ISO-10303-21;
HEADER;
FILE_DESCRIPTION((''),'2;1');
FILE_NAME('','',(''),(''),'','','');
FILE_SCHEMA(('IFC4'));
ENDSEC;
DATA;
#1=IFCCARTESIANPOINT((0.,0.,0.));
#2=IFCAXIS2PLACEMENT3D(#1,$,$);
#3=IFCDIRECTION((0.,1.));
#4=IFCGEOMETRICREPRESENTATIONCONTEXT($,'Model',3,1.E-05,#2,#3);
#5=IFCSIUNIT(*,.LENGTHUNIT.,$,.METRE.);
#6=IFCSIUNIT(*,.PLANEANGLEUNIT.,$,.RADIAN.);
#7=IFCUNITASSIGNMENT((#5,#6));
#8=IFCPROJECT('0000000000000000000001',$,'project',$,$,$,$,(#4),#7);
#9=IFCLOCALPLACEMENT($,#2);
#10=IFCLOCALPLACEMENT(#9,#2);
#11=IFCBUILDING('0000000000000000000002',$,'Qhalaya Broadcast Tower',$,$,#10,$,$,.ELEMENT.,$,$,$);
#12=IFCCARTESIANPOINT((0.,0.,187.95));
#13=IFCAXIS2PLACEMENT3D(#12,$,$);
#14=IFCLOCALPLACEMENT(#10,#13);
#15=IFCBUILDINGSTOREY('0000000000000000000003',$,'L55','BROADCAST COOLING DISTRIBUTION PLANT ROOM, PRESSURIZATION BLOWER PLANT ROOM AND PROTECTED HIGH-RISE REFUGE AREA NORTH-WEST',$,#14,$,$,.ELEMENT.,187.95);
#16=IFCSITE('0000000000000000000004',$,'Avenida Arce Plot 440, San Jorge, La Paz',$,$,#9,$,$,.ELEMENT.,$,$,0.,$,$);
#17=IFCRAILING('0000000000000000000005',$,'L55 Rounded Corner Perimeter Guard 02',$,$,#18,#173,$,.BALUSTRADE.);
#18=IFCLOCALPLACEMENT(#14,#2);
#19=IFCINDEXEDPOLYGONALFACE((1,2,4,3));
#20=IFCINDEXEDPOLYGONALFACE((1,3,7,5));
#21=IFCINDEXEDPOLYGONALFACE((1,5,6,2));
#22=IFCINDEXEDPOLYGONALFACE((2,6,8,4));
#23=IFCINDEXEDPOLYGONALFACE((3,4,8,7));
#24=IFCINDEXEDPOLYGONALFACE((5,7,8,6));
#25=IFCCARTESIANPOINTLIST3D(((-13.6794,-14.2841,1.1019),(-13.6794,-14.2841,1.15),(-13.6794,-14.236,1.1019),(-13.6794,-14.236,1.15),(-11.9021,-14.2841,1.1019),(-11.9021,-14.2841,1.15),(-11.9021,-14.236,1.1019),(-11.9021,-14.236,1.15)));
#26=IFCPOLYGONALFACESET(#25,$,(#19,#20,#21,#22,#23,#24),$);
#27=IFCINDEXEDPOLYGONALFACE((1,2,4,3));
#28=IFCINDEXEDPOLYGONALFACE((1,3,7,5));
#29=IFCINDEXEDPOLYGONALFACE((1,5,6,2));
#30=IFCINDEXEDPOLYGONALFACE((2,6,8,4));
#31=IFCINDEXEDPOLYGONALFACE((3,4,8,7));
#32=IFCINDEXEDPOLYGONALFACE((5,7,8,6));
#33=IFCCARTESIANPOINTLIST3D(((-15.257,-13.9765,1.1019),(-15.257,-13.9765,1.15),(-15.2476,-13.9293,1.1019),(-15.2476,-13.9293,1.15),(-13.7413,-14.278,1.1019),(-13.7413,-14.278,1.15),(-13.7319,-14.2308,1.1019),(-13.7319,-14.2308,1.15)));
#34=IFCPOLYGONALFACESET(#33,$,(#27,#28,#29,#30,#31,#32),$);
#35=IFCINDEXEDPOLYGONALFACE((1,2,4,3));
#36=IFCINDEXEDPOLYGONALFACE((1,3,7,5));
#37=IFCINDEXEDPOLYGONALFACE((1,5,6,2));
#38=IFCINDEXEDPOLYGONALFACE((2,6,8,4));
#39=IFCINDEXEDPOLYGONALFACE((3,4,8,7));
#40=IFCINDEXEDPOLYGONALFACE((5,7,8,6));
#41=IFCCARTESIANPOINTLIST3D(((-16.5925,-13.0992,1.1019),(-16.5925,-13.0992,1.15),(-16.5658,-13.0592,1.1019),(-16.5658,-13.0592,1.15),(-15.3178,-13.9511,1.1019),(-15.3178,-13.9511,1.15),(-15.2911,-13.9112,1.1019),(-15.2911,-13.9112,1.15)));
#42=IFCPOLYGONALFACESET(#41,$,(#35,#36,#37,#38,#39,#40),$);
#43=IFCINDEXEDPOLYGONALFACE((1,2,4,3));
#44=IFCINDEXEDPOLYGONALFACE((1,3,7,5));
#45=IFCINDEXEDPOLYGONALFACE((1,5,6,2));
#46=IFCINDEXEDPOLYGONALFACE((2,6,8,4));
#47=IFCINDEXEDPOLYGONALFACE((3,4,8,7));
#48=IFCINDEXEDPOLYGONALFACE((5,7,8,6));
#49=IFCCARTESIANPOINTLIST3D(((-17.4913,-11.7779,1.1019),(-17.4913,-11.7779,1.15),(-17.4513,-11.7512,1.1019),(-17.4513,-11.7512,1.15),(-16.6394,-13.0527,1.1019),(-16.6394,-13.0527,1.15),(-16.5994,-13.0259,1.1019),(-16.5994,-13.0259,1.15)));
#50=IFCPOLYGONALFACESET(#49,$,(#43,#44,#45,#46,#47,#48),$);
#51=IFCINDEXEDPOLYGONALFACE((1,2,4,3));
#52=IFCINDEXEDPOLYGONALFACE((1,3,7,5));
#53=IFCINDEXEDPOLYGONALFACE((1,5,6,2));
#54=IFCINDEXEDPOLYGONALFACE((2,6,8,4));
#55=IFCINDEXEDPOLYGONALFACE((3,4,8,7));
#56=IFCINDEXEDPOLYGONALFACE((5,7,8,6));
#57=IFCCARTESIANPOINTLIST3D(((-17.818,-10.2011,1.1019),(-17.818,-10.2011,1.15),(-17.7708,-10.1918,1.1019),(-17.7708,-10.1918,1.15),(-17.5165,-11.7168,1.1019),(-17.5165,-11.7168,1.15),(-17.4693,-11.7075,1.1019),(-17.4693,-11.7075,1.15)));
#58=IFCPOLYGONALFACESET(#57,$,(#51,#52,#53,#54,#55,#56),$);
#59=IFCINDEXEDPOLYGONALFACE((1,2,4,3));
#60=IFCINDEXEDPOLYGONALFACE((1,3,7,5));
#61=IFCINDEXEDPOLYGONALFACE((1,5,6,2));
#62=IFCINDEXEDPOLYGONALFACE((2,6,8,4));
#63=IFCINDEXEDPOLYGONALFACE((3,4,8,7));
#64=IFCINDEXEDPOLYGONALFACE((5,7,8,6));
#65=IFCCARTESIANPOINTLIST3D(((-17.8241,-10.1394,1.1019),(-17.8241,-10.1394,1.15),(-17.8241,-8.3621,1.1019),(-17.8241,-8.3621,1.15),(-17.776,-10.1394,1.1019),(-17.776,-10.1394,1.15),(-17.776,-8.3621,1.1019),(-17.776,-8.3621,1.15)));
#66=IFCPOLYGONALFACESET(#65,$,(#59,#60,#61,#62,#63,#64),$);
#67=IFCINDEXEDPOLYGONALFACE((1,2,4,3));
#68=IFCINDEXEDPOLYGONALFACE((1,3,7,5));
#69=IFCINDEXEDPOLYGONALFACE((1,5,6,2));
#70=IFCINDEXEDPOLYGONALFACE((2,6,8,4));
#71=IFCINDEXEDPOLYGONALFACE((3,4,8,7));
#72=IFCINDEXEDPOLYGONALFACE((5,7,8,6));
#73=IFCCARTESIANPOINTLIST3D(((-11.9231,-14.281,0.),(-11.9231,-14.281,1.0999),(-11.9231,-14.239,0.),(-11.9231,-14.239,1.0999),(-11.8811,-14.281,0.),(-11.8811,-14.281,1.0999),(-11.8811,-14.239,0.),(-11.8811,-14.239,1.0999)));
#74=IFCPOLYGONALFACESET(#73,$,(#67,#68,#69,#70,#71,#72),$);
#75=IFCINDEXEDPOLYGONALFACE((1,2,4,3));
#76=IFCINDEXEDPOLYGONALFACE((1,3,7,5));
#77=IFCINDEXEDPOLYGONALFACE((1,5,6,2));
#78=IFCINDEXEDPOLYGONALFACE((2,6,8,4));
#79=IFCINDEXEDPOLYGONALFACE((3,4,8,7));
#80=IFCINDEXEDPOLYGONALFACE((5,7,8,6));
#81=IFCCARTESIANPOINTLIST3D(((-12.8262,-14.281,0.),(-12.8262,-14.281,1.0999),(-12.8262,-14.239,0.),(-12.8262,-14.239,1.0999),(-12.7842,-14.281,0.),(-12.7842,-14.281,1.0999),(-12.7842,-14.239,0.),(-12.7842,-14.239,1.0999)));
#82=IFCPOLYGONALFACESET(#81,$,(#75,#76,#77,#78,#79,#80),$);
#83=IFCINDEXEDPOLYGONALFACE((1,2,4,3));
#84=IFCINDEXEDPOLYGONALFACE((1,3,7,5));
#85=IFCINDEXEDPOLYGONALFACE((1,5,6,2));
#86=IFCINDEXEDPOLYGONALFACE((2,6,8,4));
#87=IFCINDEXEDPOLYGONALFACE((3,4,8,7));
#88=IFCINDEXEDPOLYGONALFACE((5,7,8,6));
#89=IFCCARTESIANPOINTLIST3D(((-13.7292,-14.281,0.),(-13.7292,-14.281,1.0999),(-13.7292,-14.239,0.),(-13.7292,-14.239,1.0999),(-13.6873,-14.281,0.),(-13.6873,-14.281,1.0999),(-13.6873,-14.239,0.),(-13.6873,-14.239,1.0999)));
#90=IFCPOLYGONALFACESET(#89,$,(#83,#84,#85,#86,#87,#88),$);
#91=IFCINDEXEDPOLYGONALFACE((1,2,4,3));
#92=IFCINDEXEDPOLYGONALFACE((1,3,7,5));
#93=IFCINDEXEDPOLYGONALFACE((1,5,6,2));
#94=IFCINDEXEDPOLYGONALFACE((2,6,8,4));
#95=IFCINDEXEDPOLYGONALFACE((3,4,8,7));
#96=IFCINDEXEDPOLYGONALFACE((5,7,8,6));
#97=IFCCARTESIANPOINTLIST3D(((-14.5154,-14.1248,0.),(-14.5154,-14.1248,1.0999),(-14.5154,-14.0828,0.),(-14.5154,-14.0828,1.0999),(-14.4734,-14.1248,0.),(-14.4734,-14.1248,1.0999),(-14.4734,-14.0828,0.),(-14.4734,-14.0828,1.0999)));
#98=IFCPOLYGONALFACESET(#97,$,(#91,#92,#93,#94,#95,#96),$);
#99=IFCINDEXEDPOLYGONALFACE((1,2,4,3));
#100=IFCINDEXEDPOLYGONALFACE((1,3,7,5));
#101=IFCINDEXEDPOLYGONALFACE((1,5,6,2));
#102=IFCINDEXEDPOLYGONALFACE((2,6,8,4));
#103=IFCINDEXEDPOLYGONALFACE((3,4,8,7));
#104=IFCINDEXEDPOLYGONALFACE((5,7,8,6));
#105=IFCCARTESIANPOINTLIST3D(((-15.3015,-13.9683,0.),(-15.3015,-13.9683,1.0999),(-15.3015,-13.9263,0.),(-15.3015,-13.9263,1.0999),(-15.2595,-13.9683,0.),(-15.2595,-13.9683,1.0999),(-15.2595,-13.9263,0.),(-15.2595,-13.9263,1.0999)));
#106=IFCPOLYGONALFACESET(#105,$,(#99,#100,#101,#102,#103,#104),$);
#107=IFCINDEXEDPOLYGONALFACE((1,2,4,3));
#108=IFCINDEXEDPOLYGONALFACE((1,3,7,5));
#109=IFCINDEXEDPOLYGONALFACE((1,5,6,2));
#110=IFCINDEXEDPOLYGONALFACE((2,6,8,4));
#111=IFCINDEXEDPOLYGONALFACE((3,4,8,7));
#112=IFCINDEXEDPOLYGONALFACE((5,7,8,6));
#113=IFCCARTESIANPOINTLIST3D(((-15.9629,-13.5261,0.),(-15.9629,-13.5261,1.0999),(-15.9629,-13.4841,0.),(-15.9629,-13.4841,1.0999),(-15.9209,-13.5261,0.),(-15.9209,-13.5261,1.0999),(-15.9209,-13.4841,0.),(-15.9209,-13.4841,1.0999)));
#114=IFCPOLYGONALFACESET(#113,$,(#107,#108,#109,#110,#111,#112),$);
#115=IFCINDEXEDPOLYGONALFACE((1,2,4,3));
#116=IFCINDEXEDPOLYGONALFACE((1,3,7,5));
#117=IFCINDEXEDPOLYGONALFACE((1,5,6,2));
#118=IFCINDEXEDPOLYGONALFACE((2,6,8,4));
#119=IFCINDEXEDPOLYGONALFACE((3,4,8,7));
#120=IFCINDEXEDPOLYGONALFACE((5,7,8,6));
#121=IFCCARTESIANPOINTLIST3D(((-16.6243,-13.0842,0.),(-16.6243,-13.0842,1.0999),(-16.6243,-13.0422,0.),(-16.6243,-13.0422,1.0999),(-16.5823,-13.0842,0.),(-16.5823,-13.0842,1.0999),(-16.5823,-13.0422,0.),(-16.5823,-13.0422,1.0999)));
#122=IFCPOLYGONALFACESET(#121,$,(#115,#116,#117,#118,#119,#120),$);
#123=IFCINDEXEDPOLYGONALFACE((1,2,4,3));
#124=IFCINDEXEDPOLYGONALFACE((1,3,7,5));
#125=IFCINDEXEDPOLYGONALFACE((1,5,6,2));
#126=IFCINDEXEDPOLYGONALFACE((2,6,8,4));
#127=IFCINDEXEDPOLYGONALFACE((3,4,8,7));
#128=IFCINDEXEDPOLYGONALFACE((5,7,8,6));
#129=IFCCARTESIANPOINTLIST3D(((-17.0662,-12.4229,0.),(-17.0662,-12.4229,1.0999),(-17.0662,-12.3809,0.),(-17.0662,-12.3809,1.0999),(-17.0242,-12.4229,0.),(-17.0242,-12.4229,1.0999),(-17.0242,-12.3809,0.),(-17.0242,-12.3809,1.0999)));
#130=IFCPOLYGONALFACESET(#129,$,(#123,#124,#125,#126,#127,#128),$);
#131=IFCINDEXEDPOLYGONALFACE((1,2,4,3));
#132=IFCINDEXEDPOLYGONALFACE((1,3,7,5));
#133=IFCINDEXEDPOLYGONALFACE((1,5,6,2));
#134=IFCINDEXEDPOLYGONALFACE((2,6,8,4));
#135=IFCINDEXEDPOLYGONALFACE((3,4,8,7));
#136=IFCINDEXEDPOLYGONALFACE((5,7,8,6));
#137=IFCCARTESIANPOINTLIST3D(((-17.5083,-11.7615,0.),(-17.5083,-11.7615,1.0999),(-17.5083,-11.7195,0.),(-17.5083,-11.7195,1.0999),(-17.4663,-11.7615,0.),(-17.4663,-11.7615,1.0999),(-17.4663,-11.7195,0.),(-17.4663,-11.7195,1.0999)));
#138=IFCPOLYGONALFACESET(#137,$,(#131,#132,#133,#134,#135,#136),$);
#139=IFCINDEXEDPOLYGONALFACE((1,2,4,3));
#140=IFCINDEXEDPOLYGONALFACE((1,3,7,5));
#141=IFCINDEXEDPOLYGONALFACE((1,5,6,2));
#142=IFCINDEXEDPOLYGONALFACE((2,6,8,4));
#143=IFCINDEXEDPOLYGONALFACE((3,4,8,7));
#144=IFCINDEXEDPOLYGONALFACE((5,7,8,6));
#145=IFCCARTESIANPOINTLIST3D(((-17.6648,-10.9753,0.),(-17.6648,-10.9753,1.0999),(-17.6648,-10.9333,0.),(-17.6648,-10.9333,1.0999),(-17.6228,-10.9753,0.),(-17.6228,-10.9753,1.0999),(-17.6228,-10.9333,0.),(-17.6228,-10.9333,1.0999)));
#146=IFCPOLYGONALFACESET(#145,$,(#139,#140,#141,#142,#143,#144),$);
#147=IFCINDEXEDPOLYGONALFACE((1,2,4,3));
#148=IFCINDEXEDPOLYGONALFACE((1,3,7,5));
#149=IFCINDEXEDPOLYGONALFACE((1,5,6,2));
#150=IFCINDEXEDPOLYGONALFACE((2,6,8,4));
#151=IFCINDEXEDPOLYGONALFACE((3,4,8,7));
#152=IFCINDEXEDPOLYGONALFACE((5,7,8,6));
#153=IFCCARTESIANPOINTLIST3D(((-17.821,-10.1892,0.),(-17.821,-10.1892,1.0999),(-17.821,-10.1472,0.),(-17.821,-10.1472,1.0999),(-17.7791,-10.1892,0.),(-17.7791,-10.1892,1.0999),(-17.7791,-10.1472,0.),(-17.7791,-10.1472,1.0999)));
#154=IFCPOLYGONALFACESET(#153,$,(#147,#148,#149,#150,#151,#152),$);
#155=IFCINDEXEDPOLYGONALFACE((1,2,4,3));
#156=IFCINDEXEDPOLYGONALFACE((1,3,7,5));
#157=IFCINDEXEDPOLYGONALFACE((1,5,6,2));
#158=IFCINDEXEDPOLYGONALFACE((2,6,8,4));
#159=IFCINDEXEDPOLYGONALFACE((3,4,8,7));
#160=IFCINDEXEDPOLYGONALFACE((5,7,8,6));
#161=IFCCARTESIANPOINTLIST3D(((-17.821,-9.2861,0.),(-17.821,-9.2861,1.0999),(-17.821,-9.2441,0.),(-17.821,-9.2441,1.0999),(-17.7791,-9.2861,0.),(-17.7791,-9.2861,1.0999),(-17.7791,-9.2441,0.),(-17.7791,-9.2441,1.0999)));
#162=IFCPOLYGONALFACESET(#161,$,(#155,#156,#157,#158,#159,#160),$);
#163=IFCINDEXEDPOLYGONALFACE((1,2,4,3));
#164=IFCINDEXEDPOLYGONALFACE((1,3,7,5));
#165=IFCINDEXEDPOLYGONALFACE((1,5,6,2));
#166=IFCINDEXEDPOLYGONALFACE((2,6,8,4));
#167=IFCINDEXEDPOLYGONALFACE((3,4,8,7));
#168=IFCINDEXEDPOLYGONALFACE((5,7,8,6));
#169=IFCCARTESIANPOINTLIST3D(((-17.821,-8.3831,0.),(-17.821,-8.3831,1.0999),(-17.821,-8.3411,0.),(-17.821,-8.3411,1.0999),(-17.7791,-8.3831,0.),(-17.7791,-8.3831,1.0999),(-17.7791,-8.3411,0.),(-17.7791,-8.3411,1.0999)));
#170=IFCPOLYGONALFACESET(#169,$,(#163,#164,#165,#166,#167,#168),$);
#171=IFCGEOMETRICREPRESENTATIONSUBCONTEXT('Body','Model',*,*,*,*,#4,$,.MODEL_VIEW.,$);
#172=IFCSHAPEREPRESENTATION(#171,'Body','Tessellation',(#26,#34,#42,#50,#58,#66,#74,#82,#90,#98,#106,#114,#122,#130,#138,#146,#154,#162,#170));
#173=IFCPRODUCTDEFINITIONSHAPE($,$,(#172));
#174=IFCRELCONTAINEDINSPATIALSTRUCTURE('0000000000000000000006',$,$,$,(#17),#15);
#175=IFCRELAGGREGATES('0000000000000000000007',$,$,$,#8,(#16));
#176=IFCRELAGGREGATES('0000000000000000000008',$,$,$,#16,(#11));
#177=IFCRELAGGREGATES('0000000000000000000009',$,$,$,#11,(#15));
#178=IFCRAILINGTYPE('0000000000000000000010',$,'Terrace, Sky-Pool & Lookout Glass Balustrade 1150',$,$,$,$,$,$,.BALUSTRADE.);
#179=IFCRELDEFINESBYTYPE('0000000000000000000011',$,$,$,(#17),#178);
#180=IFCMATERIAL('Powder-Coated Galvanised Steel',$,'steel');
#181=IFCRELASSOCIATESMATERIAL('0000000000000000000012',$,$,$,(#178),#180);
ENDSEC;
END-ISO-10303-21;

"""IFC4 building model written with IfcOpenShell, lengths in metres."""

from ifc_helpers import new_model, si_unit, direction, frame, origin, origin_2d, place, context, subcontext, project, spatial, rectangle, extrude, material, type_object, element, save


model = new_model("IFC4")

# Units and contexts
model_context = context("Model", 3, precision=1e-05, world=origin(), true_north=direction((0.0, 1.0)))
body_context = subcontext(model_context, "Body", "Model", "MODEL_VIEW")
ifc_project = project(units=[si_unit("LENGTHUNIT", "METRE"), si_unit("PLANEANGLEUNIT", "RADIAN")], contexts=[model_context])

# Site, building, storey
site_placement = place(None, origin())
site = spatial("IfcSite", under=ifc_project, at=site_placement, Name="Avenida Arce Plot 440, San Jorge, La Paz", CompositionType="ELEMENT", RefElevation=0.0)
building_placement = place(site_placement, origin())
building = spatial("IfcBuilding", under=site, at=building_placement, Name="Qhalaya Broadcast Tower", CompositionType="ELEMENT")
storey_placement = place(building_placement, frame((0.0, 0.0, 187.95)))
storey = spatial("IfcBuildingStorey", under=building, at=storey_placement, Name="L55", Description="BROADCAST COOLING DISTRIBUTION PLANT ROOM, PRESSURIZATION BLOWER PLANT ROOM AND PROTECTED HIGH-RISE REFUGE AREA NORTH-WEST", CompositionType="ELEMENT", Elevation=187.95)

# Railing
ifc_material_1 = material(Name="Powder-Coated Galvanised Steel", Category="steel")
railing_type = type_object("IfcRailingType", Name="Terrace, Sky-Pool & Lookout Glass Balustrade 1150", PredefinedType="BALUSTRADE", material=ifc_material_1)
railing_1_placement = place(storey_placement, frame((-11.9021, -14.26, 0.0)))
element("IfcRailing", 1, at=railing_1_placement, inside=storey, type_object=railing_type, Name="L55 Rounded Corner Perimeter Guard 02", PredefinedType="BALUSTRADE", context=body_context, shape_type="SweptSolid", body=[
    extrude(rectangle(XDim=0.0481, YDim=0.0481, at=origin_2d()), frame((0.0, 0.0, 1.126), z_axis=(-1.0, 0.0, 0.0), x_axis=(0.0, -1.0, 0.0)), (0.0, 0.0, 1.0), 1.7773),
    extrude(rectangle(XDim=0.0481, YDim=0.0481, at=origin_2d()), frame((-1.8345, 0.0056, 1.126), z_axis=(-0.980785, 0.195091, 0.0), x_axis=(-0.195091, -0.980785, 0.0)), (0.0, 0.0, 1.0), 1.5454),
    extrude(rectangle(XDim=0.0481, YDim=0.0481, at=origin_2d()), frame((-3.4023, 0.3289, 1.126), z_axis=(-0.831412, 0.555656, 0.0), x_axis=(-0.555656, -0.831412, 0.0)), (0.0, 0.0, 1.0), 1.5332),
    extrude(rectangle(XDim=0.0481, YDim=0.0481, at=origin_2d()), frame((-4.7173, 1.2207, 1.126), z_axis=(-0.555656, 0.831412, 0.0), x_axis=(-0.831412, -0.555656, 0.0)), (0.0, 0.0, 1.0), 1.5332),
    extrude(rectangle(XDim=0.0481, YDim=0.0481, at=origin_2d()), frame((-5.5908, 2.5479, 1.126), z_axis=(-0.195091, 0.980785, 0.0), x_axis=(-0.980785, -0.195091, 0.0)), (0.0, 0.0, 1.0), 1.5454),
    extrude(rectangle(XDim=0.0481, YDim=0.0481, at=origin_2d()), frame((-5.8979, 4.1206, 1.126), z_axis=(0.0, 1.0, 0.0), x_axis=(-1.0, 0.0, 0.0)), (0.0, 0.0, 1.0), 1.7773),
    extrude(rectangle(XDim=0.042, YDim=0.042, at=origin_2d()), origin(), (0.0, 0.0, 1.0), 1.0999),
    extrude(rectangle(XDim=0.042, YDim=0.042, at=origin_2d()), frame((-0.9031, 0.0, 0.0)), (0.0, 0.0, 1.0), 1.0999),
    extrude(rectangle(XDim=0.042, YDim=0.042, at=origin_2d()), frame((-1.8062, 0.0, 0.0)), (0.0, 0.0, 1.0), 1.0999),
    extrude(rectangle(XDim=0.042, YDim=0.042, at=origin_2d()), frame((-2.5923, 0.1562, 0.0)), (0.0, 0.0, 1.0), 1.0999),
    extrude(rectangle(XDim=0.042, YDim=0.042, at=origin_2d()), frame((-3.3784, 0.3127, 0.0)), (0.0, 0.0, 1.0), 1.0999),
    extrude(rectangle(XDim=0.042, YDim=0.042, at=origin_2d()), frame((-4.0398, 0.7549, 0.0)), (0.0, 0.0, 1.0), 1.0999),
    extrude(rectangle(XDim=0.042, YDim=0.042, at=origin_2d()), frame((-4.7012, 1.1968, 0.0)), (0.0, 0.0, 1.0), 1.0999),
    extrude(rectangle(XDim=0.042, YDim=0.042, at=origin_2d()), frame((-5.1431, 1.8582, 0.0)), (0.0, 0.0, 1.0), 1.0999),
    extrude(rectangle(XDim=0.042, YDim=0.042, at=origin_2d()), frame((-5.5852, 2.5195, 0.0)), (0.0, 0.0, 1.0), 1.0999),
    extrude(rectangle(XDim=0.042, YDim=0.042, at=origin_2d()), frame((-5.7417, 3.3057, 0.0)), (0.0, 0.0, 1.0), 1.0999),
    extrude(rectangle(XDim=0.042, YDim=0.042, at=origin_2d()), frame((-5.8979, 4.0918, 0.0)), (0.0, 0.0, 1.0), 1.0999),
    extrude(rectangle(XDim=0.042, YDim=0.042, at=origin_2d()), frame((-5.8979, 4.9949, 0.0)), (0.0, 0.0, 1.0), 1.0999),
    extrude(rectangle(XDim=0.042, YDim=0.042, at=origin_2d()), frame((-5.8979, 5.8979, 0.0)), (0.0, 0.0, 1.0), 1.0999),
])

save(model, "model.ifc")
